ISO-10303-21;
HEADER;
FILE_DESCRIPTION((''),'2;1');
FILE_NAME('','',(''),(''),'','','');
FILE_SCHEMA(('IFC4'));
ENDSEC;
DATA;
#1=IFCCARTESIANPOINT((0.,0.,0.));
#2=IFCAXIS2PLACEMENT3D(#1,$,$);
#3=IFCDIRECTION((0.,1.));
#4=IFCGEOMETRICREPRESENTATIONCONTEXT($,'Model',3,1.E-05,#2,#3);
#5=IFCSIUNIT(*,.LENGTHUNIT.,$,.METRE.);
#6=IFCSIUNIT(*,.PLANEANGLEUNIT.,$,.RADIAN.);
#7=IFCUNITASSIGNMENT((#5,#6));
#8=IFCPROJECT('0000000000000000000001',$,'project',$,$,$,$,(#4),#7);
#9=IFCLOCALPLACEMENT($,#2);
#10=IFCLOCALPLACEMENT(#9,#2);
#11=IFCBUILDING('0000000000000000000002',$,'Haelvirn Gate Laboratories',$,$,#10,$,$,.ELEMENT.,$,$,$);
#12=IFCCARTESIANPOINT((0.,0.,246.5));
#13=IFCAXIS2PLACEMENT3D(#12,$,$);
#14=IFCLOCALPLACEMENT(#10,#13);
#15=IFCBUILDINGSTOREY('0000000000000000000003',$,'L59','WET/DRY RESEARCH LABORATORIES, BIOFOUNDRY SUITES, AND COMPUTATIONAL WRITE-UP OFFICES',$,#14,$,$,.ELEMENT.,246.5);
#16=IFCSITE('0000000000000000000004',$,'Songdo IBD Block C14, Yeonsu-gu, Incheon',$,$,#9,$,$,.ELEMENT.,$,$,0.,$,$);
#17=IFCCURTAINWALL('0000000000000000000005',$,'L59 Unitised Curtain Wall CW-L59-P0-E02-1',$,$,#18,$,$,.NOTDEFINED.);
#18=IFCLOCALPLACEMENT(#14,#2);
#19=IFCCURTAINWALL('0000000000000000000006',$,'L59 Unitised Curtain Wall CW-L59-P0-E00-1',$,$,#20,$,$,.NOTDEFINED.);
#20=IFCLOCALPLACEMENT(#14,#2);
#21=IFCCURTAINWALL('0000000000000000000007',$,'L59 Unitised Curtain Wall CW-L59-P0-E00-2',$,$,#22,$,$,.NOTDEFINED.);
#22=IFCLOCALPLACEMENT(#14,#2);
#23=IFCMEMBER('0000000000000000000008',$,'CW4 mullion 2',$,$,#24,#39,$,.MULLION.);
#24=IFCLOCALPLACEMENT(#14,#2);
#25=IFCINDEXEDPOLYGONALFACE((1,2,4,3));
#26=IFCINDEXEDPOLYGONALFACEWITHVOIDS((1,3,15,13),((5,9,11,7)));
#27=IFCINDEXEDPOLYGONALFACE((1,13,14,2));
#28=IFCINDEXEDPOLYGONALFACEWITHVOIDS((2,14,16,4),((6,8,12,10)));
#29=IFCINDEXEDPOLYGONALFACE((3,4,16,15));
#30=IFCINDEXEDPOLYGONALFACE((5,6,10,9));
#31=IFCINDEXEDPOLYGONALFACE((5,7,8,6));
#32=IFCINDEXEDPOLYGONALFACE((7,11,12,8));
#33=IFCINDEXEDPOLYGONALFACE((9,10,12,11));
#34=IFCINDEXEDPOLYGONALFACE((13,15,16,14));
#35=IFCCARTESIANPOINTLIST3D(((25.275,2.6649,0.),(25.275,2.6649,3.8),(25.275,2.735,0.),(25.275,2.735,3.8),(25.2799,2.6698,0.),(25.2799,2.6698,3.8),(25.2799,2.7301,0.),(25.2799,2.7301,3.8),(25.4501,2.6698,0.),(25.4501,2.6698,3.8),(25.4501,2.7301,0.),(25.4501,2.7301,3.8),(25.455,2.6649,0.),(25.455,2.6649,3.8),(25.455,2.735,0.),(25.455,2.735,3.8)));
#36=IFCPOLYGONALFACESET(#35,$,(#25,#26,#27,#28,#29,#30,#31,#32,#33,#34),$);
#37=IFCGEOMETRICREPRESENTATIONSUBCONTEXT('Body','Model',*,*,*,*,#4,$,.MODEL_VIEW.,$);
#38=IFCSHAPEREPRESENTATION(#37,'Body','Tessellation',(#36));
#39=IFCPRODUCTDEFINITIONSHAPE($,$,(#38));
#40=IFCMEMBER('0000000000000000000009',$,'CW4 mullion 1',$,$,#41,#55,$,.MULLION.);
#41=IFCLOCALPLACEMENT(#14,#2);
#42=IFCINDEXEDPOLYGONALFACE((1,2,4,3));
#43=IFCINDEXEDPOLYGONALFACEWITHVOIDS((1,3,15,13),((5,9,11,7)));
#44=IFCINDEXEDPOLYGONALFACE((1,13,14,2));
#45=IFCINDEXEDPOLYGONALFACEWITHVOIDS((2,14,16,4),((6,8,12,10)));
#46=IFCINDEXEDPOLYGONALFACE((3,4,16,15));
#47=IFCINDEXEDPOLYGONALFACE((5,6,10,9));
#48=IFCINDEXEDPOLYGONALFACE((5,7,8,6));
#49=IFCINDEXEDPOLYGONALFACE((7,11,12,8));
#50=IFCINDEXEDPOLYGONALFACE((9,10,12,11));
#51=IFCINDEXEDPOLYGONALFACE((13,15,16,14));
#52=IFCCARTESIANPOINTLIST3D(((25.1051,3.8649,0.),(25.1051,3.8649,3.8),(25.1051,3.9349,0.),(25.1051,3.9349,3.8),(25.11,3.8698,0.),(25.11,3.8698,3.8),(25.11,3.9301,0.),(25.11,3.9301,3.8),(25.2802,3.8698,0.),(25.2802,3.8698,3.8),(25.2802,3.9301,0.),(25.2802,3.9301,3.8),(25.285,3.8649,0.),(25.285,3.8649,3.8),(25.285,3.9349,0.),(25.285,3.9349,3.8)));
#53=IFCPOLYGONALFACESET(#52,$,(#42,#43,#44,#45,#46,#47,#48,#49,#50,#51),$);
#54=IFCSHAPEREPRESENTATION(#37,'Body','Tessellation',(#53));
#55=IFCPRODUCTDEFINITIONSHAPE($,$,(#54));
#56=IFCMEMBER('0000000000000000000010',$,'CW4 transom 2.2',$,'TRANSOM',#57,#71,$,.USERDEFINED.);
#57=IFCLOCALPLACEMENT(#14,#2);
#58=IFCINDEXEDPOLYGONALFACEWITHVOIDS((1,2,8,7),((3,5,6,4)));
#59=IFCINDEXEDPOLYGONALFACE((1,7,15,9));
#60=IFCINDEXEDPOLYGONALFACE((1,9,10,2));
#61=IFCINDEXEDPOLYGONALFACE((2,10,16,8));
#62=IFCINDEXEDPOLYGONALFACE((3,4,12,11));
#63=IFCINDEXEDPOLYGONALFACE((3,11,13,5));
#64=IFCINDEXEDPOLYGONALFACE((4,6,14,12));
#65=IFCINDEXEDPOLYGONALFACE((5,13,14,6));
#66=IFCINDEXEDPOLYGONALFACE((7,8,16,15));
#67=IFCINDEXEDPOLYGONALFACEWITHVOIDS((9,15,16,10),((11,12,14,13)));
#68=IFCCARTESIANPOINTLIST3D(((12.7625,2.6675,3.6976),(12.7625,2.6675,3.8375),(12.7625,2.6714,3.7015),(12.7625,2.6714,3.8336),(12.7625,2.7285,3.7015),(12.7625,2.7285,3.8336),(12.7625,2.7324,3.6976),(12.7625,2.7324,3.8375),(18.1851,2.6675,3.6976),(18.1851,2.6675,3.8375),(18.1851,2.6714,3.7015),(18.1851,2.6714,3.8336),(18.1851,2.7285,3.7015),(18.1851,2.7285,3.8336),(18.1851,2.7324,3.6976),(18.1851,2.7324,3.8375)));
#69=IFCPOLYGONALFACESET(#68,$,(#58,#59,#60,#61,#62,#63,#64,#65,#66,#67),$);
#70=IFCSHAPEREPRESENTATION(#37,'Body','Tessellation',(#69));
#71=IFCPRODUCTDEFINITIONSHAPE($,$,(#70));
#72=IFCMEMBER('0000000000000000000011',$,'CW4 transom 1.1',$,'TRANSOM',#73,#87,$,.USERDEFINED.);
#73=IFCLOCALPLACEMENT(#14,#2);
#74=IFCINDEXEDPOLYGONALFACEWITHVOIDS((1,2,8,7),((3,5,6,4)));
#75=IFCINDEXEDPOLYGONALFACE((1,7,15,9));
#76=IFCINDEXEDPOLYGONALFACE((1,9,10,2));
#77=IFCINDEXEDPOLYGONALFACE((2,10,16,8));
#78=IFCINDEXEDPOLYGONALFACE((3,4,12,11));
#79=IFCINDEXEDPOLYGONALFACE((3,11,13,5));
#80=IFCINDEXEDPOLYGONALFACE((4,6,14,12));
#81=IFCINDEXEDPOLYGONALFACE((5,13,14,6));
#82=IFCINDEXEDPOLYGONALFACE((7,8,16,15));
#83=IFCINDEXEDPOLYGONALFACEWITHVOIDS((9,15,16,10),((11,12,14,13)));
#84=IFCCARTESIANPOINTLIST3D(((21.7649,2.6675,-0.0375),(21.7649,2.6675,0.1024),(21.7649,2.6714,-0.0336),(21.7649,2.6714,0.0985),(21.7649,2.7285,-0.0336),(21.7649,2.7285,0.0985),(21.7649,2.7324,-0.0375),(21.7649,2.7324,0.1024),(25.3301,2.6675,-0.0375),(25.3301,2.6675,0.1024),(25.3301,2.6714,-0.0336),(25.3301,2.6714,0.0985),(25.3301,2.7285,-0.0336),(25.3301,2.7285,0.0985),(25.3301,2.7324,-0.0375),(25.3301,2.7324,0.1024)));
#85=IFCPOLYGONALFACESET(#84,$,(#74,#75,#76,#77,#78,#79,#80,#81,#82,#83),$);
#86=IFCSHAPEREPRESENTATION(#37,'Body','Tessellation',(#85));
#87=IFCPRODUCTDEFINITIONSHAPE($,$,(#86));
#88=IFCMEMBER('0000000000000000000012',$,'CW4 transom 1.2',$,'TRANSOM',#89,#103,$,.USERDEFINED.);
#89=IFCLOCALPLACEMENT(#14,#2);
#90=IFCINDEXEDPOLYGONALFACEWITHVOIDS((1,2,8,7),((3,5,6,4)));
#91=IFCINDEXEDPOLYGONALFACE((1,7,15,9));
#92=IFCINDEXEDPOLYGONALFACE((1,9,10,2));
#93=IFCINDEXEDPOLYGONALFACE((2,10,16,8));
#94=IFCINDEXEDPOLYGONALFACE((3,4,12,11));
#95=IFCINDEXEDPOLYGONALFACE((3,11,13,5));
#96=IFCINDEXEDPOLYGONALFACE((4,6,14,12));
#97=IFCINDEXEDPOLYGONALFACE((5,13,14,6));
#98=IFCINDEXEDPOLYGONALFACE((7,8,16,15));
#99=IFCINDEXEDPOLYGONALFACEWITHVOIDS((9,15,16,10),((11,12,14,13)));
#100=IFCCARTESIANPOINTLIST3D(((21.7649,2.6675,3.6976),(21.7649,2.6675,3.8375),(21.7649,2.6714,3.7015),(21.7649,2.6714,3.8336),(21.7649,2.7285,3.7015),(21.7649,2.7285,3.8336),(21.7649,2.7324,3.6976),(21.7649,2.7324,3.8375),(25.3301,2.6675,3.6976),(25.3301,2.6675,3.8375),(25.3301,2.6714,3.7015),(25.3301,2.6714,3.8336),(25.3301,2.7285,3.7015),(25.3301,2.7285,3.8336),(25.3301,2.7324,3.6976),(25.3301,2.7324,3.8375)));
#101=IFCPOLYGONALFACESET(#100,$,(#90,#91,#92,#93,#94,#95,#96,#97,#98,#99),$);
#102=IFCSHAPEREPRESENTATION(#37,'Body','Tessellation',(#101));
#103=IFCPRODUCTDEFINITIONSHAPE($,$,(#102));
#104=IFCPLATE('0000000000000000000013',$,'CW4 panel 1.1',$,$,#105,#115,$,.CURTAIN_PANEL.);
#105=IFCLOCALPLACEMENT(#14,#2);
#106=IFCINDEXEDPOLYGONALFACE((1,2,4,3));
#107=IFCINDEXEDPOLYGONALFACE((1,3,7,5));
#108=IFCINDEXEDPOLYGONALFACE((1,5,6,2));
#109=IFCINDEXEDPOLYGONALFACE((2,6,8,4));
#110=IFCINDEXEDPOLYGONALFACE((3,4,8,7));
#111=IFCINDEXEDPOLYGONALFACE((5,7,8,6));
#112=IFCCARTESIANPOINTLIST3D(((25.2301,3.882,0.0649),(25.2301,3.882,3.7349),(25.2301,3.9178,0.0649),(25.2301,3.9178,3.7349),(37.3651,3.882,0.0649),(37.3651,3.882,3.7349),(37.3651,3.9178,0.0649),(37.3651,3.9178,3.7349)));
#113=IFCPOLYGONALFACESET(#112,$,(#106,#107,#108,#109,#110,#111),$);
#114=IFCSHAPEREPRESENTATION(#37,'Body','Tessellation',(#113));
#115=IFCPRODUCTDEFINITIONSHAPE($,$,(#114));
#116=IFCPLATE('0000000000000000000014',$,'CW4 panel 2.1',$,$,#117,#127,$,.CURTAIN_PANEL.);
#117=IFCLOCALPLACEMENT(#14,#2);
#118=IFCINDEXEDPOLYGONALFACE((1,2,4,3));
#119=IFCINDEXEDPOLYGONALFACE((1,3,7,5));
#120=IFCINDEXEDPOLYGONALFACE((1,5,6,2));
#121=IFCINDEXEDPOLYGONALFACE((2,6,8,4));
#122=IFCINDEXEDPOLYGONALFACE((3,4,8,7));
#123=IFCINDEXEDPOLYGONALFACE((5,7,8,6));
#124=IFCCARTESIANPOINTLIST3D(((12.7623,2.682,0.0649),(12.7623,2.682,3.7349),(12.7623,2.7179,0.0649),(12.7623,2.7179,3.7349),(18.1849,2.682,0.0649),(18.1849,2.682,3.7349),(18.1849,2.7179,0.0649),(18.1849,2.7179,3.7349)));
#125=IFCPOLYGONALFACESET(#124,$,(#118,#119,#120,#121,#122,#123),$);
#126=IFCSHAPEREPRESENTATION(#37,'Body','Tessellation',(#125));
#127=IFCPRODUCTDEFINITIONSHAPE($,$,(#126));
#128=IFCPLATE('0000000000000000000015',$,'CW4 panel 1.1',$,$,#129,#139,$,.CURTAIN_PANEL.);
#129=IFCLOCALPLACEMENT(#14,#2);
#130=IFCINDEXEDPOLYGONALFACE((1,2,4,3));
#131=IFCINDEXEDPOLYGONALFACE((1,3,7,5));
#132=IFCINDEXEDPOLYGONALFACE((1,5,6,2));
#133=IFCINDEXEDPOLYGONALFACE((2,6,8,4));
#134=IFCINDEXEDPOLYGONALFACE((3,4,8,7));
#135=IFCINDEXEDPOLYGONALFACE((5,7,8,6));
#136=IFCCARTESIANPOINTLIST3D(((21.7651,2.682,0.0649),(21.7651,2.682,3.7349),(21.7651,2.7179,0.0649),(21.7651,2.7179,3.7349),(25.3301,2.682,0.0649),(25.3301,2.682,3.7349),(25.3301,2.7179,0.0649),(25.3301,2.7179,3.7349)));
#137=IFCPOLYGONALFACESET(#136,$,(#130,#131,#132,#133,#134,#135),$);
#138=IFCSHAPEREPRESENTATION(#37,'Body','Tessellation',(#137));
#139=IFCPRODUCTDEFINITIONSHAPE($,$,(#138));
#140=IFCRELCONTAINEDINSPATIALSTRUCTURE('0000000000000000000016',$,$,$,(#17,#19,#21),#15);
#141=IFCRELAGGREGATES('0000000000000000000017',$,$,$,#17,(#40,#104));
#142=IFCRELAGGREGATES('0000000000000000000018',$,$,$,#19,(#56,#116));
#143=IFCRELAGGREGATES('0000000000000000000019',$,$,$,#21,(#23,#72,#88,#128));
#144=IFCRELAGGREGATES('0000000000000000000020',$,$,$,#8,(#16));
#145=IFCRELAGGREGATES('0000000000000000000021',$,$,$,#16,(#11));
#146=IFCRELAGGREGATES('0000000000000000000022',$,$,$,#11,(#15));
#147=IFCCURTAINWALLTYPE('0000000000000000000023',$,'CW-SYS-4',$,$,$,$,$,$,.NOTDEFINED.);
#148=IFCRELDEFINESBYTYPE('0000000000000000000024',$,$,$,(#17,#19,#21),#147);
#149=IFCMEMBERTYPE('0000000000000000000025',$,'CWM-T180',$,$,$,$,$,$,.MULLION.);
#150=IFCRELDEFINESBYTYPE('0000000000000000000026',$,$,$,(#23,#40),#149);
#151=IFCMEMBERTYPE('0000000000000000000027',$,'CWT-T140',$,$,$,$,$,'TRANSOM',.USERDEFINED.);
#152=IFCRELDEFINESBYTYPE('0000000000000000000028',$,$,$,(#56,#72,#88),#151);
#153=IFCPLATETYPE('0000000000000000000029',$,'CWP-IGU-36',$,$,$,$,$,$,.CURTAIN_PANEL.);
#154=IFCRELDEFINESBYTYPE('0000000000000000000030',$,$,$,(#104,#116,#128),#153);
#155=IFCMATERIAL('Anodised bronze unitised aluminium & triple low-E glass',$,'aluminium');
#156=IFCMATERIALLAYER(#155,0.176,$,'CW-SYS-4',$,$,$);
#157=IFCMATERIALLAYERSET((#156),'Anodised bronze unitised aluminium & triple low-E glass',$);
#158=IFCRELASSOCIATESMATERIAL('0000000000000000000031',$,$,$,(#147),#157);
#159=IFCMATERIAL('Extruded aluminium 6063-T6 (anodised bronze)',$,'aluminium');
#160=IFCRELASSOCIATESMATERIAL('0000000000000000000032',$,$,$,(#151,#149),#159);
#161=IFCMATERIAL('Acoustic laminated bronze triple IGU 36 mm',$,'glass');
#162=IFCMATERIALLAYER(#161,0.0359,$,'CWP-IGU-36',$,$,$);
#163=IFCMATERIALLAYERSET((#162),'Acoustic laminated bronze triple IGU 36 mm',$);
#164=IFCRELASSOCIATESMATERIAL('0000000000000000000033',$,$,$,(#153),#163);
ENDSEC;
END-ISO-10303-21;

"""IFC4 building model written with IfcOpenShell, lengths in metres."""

from ifc_helpers import new_model, si_unit, direction, frame, origin, origin_2d, place, context, subcontext, project, spatial, rectangle, hollow_rectangle, extrude, source, transform, mapped, material, layer, layer_set, material_profile, profile_set, type_object, type_shapes, element, aggregate, save


model = new_model("IFC4")

# Units and contexts
model_context = context("Model", 3, precision=1e-05, world=origin(), true_north=direction((0.0, 1.0)))
body_context = subcontext(model_context, "Body", "Model", "MODEL_VIEW")
ifc_project = project(units=[si_unit("LENGTHUNIT", "METRE"), si_unit("PLANEANGLEUNIT", "RADIAN")], contexts=[model_context])

# Site, building, storey
site_placement = place(None, origin())
site = spatial("IfcSite", under=ifc_project, at=site_placement, Name="Songdo IBD Block C14, Yeonsu-gu, Incheon", CompositionType="ELEMENT", RefElevation=0.0)
building_placement = place(site_placement, origin())
building = spatial("IfcBuilding", under=site, at=building_placement, Name="Haelvirn Gate Laboratories", CompositionType="ELEMENT")
storey_placement = place(building_placement, frame((0.0, 0.0, 246.5)))
storey = spatial("IfcBuildingStorey", under=building, at=storey_placement, Name="L59", Description="WET/DRY RESEARCH LABORATORIES, BIOFOUNDRY SUITES, AND COMPUTATIONAL WRITE-UP OFFICES", CompositionType="ELEMENT", Elevation=246.5)

# Curtain wall
ifc_material_1 = material(Name="Anodised bronze unitised aluminium & triple low-E glass", Category="aluminium")
ifc_layer_1 = layer(ifc_material_1, 0.176, Name="CW-SYS-4")
ifc_layer_set_1 = layer_set([ifc_layer_1], Name="Anodised bronze unitised aluminium & triple low-E glass")
curtain_wall_type = type_object("IfcCurtainWallType", Name="CW-SYS-4", PredefinedType="NOTDEFINED", material=ifc_layer_set_1)
curtain_wall_1_placement = place(storey_placement, origin())
curtain_wall_1 = element("IfcCurtainWall", 1, at=curtain_wall_1_placement, inside=storey, type_object=curtain_wall_type, Name="L59 Unitised Curtain Wall CW-L59-P0-E02-1", PredefinedType="NOTDEFINED")
ifc_material_2 = material(Name="Extruded aluminium 6063-T6 (anodised bronze)", Category="aluminium")
ifc_material_profile_1 = material_profile(ifc_material_2, hollow_rectangle(XDim=0.0649, YDim=0.1399, WallThickness=0.0039, at=origin_2d()), Name="CWT-140x65x4")
ifc_profile_set_1 = profile_set([ifc_material_profile_1], Name="Extruded aluminium 6063-T6 (anodised bronze)")
member_type_1 = type_object("IfcMemberType", Name="CWT-T140", ElementType="TRANSOM", PredefinedType="USERDEFINED", material=ifc_profile_set_1)

# Curtain wall
curtain_wall_2_placement = place(storey_placement, origin())
curtain_wall_2 = element("IfcCurtainWall", 2, at=curtain_wall_2_placement, inside=storey, type_object=curtain_wall_type, Name="L59 Unitised Curtain Wall CW-L59-P0-E00-1", PredefinedType="NOTDEFINED")
ifc_material_profile_2 = material_profile(ifc_material_2, hollow_rectangle(XDim=0.0701, YDim=0.1799, WallThickness=0.0049, at=origin_2d()), Name="CWM-180x70x5")
ifc_profile_set_2 = profile_set([ifc_material_profile_2], Name="Extruded aluminium 6063-T6 (anodised bronze)")
member_type_2 = type_object("IfcMemberType", Name="CWM-T180", PredefinedType="MULLION", material=ifc_profile_set_2)
shared_shape_1 = source(origin(), body_context, "Body", "SweptSolid", [
    extrude(hollow_rectangle(XDim=0.0701, YDim=0.1799, WallThickness=0.0049, at=origin_2d()), origin(), (0.0, 0.0, 1.0), 3.8),
])
type_shapes(member_type_2, [shared_shape_1])

# Curtain wall, member
curtain_wall_3_placement = place(storey_placement, origin())
curtain_wall_3 = element("IfcCurtainWall", 3, at=curtain_wall_3_placement, inside=storey, type_object=curtain_wall_type, Name="L59 Unitised Curtain Wall CW-L59-P0-E00-2", PredefinedType="NOTDEFINED")
member_1_placement = place(storey_placement, frame((25.365, 2.7, 0.0), z_axis=(0.0, 0.0, 1.0), x_axis=(0.0, 1.0, 0.0)))
member_1 = element("IfcMember", 4, at=member_1_placement, type_object=member_type_2, Name="CW4 mullion 2", PredefinedType="MULLION", context=body_context, shape_type="MappedRepresentation", body=[
    mapped(shared_shape_1, transform((0.0, 0.0, 0.0), scale=1.0)),
])

# Members
member_2_placement = place(storey_placement, frame((25.1951, 3.8999, 0.0), z_axis=(0.0, 0.0, 1.0), x_axis=(0.0, 1.0, 0.0)))
member_2 = element("IfcMember", 5, at=member_2_placement, type_object=member_type_2, Name="CW4 mullion 1", PredefinedType="MULLION", context=body_context, shape_type="MappedRepresentation", body=[
    mapped(shared_shape_1, transform((0.0, 0.0, 0.0), scale=1.0)),
])
shared_shape_2 = source(origin(), body_context, "Body", "SweptSolid", [
    extrude(hollow_rectangle(XDim=0.0649, YDim=0.1399, WallThickness=0.0039, at=origin_2d()), origin(), (0.0, 0.0, 1.0), 5.4226),
])
member_3_placement = place(storey_placement, frame((12.7625, 2.7, 3.7676), z_axis=(1.0, 0.0, 0.0), x_axis=(0.0, 1.0, 0.0)))
member_3 = element("IfcMember", 6, at=member_3_placement, type_object=member_type_1, Name="CW4 transom 2.2", ObjectType="TRANSOM", PredefinedType="USERDEFINED", context=body_context, shape_type="MappedRepresentation", body=[
    mapped(shared_shape_2, transform((0.0, 0.0, 0.0), scale=1.0)),
])
shared_shape_3 = source(origin(), body_context, "Body", "SweptSolid", [
    extrude(hollow_rectangle(XDim=0.0649, YDim=0.1399, WallThickness=0.0039, at=origin_2d()), origin(), (0.0, 0.0, 1.0), 3.5652),
])
member_4_placement = place(storey_placement, frame((21.7649, 2.7, 0.0325), z_axis=(1.0, 0.0, 0.0), x_axis=(0.0, 1.0, 0.0)))
member_4 = element("IfcMember", 7, at=member_4_placement, type_object=member_type_1, Name="CW4 transom 1.1", ObjectType="TRANSOM", PredefinedType="USERDEFINED", context=body_context, shape_type="MappedRepresentation", body=[
    mapped(shared_shape_3, transform((0.0, 0.0, 0.0), scale=1.0)),
])
member_5_placement = place(storey_placement, frame((21.7649, 2.7, 3.7676), z_axis=(1.0, 0.0, 0.0), x_axis=(0.0, 1.0, 0.0)))
member_5 = element("IfcMember", 8, at=member_5_placement, type_object=member_type_1, Name="CW4 transom 1.2", ObjectType="TRANSOM", PredefinedType="USERDEFINED", context=body_context, shape_type="MappedRepresentation", body=[
    mapped(shared_shape_3, transform((0.0, 0.0, 0.0), scale=1.0)),
])

# Plates
ifc_material_3 = material(Name="Acoustic laminated bronze triple IGU 36 mm", Category="glass")
ifc_layer_2 = layer(ifc_material_3, 0.0359, Name="CWP-IGU-36")
ifc_layer_set_2 = layer_set([ifc_layer_2], Name="Acoustic laminated bronze triple IGU 36 mm")
plate_type = type_object("IfcPlateType", Name="CWP-IGU-36", PredefinedType="CURTAIN_PANEL", material=ifc_layer_set_2)
shared_shape_4 = source(origin(), body_context, "Body", "SweptSolid", [
    extrude(rectangle(XDim=12.135, YDim=0.0359, at=origin_2d()), origin(), (0.0, 0.0, 1.0), 3.6699),
])
plate_1_placement = place(storey_placement, frame((31.2976, 3.8999, 0.0649), z_axis=(0.0, 0.0, 1.0), x_axis=(1.0, 0.0, 0.0)))
plate_1 = element("IfcPlate", 9, at=plate_1_placement, type_object=plate_type, Name="CW4 panel 1.1", PredefinedType="CURTAIN_PANEL", context=body_context, shape_type="MappedRepresentation", body=[
    mapped(shared_shape_4, transform((0.0, 0.0, 0.0), scale=1.0)),
])
aggregate(curtain_wall_1, [member_2, plate_1])
shared_shape_5 = source(origin(), body_context, "Body", "SweptSolid", [
    extrude(rectangle(XDim=5.4226, YDim=0.0359, at=origin_2d()), origin(), (0.0, 0.0, 1.0), 3.6699),
])
plate_2_placement = place(storey_placement, frame((15.4736, 2.7, 0.0649), z_axis=(0.0, 0.0, 1.0), x_axis=(1.0, 0.0, 0.0)))
plate_2 = element("IfcPlate", 10, at=plate_2_placement, type_object=plate_type, Name="CW4 panel 2.1", PredefinedType="CURTAIN_PANEL", context=body_context, shape_type="MappedRepresentation", body=[
    mapped(shared_shape_5, transform((0.0, 0.0, 0.0), scale=1.0)),
])
aggregate(curtain_wall_2, [member_3, plate_2])
shared_shape_6 = source(origin(), body_context, "Body", "SweptSolid", [
    extrude(rectangle(XDim=3.5649, YDim=0.0359, at=origin_2d()), origin(), (0.0, 0.0, 1.0), 3.6699),
])
type_shapes(plate_type, [shared_shape_4, shared_shape_5, shared_shape_6])
plate_3_placement = place(storey_placement, frame((23.5476, 2.7, 0.0649), z_axis=(0.0, 0.0, 1.0), x_axis=(1.0, 0.0, 0.0)))
plate_3 = element("IfcPlate", 11, at=plate_3_placement, type_object=plate_type, Name="CW4 panel 1.1", PredefinedType="CURTAIN_PANEL", context=body_context, shape_type="MappedRepresentation", body=[
    mapped(shared_shape_6, transform((0.0, 0.0, 0.0), scale=1.0)),
])
aggregate(curtain_wall_3, [member_1, member_4, member_5, plate_3])

save(model, "model.ifc")
